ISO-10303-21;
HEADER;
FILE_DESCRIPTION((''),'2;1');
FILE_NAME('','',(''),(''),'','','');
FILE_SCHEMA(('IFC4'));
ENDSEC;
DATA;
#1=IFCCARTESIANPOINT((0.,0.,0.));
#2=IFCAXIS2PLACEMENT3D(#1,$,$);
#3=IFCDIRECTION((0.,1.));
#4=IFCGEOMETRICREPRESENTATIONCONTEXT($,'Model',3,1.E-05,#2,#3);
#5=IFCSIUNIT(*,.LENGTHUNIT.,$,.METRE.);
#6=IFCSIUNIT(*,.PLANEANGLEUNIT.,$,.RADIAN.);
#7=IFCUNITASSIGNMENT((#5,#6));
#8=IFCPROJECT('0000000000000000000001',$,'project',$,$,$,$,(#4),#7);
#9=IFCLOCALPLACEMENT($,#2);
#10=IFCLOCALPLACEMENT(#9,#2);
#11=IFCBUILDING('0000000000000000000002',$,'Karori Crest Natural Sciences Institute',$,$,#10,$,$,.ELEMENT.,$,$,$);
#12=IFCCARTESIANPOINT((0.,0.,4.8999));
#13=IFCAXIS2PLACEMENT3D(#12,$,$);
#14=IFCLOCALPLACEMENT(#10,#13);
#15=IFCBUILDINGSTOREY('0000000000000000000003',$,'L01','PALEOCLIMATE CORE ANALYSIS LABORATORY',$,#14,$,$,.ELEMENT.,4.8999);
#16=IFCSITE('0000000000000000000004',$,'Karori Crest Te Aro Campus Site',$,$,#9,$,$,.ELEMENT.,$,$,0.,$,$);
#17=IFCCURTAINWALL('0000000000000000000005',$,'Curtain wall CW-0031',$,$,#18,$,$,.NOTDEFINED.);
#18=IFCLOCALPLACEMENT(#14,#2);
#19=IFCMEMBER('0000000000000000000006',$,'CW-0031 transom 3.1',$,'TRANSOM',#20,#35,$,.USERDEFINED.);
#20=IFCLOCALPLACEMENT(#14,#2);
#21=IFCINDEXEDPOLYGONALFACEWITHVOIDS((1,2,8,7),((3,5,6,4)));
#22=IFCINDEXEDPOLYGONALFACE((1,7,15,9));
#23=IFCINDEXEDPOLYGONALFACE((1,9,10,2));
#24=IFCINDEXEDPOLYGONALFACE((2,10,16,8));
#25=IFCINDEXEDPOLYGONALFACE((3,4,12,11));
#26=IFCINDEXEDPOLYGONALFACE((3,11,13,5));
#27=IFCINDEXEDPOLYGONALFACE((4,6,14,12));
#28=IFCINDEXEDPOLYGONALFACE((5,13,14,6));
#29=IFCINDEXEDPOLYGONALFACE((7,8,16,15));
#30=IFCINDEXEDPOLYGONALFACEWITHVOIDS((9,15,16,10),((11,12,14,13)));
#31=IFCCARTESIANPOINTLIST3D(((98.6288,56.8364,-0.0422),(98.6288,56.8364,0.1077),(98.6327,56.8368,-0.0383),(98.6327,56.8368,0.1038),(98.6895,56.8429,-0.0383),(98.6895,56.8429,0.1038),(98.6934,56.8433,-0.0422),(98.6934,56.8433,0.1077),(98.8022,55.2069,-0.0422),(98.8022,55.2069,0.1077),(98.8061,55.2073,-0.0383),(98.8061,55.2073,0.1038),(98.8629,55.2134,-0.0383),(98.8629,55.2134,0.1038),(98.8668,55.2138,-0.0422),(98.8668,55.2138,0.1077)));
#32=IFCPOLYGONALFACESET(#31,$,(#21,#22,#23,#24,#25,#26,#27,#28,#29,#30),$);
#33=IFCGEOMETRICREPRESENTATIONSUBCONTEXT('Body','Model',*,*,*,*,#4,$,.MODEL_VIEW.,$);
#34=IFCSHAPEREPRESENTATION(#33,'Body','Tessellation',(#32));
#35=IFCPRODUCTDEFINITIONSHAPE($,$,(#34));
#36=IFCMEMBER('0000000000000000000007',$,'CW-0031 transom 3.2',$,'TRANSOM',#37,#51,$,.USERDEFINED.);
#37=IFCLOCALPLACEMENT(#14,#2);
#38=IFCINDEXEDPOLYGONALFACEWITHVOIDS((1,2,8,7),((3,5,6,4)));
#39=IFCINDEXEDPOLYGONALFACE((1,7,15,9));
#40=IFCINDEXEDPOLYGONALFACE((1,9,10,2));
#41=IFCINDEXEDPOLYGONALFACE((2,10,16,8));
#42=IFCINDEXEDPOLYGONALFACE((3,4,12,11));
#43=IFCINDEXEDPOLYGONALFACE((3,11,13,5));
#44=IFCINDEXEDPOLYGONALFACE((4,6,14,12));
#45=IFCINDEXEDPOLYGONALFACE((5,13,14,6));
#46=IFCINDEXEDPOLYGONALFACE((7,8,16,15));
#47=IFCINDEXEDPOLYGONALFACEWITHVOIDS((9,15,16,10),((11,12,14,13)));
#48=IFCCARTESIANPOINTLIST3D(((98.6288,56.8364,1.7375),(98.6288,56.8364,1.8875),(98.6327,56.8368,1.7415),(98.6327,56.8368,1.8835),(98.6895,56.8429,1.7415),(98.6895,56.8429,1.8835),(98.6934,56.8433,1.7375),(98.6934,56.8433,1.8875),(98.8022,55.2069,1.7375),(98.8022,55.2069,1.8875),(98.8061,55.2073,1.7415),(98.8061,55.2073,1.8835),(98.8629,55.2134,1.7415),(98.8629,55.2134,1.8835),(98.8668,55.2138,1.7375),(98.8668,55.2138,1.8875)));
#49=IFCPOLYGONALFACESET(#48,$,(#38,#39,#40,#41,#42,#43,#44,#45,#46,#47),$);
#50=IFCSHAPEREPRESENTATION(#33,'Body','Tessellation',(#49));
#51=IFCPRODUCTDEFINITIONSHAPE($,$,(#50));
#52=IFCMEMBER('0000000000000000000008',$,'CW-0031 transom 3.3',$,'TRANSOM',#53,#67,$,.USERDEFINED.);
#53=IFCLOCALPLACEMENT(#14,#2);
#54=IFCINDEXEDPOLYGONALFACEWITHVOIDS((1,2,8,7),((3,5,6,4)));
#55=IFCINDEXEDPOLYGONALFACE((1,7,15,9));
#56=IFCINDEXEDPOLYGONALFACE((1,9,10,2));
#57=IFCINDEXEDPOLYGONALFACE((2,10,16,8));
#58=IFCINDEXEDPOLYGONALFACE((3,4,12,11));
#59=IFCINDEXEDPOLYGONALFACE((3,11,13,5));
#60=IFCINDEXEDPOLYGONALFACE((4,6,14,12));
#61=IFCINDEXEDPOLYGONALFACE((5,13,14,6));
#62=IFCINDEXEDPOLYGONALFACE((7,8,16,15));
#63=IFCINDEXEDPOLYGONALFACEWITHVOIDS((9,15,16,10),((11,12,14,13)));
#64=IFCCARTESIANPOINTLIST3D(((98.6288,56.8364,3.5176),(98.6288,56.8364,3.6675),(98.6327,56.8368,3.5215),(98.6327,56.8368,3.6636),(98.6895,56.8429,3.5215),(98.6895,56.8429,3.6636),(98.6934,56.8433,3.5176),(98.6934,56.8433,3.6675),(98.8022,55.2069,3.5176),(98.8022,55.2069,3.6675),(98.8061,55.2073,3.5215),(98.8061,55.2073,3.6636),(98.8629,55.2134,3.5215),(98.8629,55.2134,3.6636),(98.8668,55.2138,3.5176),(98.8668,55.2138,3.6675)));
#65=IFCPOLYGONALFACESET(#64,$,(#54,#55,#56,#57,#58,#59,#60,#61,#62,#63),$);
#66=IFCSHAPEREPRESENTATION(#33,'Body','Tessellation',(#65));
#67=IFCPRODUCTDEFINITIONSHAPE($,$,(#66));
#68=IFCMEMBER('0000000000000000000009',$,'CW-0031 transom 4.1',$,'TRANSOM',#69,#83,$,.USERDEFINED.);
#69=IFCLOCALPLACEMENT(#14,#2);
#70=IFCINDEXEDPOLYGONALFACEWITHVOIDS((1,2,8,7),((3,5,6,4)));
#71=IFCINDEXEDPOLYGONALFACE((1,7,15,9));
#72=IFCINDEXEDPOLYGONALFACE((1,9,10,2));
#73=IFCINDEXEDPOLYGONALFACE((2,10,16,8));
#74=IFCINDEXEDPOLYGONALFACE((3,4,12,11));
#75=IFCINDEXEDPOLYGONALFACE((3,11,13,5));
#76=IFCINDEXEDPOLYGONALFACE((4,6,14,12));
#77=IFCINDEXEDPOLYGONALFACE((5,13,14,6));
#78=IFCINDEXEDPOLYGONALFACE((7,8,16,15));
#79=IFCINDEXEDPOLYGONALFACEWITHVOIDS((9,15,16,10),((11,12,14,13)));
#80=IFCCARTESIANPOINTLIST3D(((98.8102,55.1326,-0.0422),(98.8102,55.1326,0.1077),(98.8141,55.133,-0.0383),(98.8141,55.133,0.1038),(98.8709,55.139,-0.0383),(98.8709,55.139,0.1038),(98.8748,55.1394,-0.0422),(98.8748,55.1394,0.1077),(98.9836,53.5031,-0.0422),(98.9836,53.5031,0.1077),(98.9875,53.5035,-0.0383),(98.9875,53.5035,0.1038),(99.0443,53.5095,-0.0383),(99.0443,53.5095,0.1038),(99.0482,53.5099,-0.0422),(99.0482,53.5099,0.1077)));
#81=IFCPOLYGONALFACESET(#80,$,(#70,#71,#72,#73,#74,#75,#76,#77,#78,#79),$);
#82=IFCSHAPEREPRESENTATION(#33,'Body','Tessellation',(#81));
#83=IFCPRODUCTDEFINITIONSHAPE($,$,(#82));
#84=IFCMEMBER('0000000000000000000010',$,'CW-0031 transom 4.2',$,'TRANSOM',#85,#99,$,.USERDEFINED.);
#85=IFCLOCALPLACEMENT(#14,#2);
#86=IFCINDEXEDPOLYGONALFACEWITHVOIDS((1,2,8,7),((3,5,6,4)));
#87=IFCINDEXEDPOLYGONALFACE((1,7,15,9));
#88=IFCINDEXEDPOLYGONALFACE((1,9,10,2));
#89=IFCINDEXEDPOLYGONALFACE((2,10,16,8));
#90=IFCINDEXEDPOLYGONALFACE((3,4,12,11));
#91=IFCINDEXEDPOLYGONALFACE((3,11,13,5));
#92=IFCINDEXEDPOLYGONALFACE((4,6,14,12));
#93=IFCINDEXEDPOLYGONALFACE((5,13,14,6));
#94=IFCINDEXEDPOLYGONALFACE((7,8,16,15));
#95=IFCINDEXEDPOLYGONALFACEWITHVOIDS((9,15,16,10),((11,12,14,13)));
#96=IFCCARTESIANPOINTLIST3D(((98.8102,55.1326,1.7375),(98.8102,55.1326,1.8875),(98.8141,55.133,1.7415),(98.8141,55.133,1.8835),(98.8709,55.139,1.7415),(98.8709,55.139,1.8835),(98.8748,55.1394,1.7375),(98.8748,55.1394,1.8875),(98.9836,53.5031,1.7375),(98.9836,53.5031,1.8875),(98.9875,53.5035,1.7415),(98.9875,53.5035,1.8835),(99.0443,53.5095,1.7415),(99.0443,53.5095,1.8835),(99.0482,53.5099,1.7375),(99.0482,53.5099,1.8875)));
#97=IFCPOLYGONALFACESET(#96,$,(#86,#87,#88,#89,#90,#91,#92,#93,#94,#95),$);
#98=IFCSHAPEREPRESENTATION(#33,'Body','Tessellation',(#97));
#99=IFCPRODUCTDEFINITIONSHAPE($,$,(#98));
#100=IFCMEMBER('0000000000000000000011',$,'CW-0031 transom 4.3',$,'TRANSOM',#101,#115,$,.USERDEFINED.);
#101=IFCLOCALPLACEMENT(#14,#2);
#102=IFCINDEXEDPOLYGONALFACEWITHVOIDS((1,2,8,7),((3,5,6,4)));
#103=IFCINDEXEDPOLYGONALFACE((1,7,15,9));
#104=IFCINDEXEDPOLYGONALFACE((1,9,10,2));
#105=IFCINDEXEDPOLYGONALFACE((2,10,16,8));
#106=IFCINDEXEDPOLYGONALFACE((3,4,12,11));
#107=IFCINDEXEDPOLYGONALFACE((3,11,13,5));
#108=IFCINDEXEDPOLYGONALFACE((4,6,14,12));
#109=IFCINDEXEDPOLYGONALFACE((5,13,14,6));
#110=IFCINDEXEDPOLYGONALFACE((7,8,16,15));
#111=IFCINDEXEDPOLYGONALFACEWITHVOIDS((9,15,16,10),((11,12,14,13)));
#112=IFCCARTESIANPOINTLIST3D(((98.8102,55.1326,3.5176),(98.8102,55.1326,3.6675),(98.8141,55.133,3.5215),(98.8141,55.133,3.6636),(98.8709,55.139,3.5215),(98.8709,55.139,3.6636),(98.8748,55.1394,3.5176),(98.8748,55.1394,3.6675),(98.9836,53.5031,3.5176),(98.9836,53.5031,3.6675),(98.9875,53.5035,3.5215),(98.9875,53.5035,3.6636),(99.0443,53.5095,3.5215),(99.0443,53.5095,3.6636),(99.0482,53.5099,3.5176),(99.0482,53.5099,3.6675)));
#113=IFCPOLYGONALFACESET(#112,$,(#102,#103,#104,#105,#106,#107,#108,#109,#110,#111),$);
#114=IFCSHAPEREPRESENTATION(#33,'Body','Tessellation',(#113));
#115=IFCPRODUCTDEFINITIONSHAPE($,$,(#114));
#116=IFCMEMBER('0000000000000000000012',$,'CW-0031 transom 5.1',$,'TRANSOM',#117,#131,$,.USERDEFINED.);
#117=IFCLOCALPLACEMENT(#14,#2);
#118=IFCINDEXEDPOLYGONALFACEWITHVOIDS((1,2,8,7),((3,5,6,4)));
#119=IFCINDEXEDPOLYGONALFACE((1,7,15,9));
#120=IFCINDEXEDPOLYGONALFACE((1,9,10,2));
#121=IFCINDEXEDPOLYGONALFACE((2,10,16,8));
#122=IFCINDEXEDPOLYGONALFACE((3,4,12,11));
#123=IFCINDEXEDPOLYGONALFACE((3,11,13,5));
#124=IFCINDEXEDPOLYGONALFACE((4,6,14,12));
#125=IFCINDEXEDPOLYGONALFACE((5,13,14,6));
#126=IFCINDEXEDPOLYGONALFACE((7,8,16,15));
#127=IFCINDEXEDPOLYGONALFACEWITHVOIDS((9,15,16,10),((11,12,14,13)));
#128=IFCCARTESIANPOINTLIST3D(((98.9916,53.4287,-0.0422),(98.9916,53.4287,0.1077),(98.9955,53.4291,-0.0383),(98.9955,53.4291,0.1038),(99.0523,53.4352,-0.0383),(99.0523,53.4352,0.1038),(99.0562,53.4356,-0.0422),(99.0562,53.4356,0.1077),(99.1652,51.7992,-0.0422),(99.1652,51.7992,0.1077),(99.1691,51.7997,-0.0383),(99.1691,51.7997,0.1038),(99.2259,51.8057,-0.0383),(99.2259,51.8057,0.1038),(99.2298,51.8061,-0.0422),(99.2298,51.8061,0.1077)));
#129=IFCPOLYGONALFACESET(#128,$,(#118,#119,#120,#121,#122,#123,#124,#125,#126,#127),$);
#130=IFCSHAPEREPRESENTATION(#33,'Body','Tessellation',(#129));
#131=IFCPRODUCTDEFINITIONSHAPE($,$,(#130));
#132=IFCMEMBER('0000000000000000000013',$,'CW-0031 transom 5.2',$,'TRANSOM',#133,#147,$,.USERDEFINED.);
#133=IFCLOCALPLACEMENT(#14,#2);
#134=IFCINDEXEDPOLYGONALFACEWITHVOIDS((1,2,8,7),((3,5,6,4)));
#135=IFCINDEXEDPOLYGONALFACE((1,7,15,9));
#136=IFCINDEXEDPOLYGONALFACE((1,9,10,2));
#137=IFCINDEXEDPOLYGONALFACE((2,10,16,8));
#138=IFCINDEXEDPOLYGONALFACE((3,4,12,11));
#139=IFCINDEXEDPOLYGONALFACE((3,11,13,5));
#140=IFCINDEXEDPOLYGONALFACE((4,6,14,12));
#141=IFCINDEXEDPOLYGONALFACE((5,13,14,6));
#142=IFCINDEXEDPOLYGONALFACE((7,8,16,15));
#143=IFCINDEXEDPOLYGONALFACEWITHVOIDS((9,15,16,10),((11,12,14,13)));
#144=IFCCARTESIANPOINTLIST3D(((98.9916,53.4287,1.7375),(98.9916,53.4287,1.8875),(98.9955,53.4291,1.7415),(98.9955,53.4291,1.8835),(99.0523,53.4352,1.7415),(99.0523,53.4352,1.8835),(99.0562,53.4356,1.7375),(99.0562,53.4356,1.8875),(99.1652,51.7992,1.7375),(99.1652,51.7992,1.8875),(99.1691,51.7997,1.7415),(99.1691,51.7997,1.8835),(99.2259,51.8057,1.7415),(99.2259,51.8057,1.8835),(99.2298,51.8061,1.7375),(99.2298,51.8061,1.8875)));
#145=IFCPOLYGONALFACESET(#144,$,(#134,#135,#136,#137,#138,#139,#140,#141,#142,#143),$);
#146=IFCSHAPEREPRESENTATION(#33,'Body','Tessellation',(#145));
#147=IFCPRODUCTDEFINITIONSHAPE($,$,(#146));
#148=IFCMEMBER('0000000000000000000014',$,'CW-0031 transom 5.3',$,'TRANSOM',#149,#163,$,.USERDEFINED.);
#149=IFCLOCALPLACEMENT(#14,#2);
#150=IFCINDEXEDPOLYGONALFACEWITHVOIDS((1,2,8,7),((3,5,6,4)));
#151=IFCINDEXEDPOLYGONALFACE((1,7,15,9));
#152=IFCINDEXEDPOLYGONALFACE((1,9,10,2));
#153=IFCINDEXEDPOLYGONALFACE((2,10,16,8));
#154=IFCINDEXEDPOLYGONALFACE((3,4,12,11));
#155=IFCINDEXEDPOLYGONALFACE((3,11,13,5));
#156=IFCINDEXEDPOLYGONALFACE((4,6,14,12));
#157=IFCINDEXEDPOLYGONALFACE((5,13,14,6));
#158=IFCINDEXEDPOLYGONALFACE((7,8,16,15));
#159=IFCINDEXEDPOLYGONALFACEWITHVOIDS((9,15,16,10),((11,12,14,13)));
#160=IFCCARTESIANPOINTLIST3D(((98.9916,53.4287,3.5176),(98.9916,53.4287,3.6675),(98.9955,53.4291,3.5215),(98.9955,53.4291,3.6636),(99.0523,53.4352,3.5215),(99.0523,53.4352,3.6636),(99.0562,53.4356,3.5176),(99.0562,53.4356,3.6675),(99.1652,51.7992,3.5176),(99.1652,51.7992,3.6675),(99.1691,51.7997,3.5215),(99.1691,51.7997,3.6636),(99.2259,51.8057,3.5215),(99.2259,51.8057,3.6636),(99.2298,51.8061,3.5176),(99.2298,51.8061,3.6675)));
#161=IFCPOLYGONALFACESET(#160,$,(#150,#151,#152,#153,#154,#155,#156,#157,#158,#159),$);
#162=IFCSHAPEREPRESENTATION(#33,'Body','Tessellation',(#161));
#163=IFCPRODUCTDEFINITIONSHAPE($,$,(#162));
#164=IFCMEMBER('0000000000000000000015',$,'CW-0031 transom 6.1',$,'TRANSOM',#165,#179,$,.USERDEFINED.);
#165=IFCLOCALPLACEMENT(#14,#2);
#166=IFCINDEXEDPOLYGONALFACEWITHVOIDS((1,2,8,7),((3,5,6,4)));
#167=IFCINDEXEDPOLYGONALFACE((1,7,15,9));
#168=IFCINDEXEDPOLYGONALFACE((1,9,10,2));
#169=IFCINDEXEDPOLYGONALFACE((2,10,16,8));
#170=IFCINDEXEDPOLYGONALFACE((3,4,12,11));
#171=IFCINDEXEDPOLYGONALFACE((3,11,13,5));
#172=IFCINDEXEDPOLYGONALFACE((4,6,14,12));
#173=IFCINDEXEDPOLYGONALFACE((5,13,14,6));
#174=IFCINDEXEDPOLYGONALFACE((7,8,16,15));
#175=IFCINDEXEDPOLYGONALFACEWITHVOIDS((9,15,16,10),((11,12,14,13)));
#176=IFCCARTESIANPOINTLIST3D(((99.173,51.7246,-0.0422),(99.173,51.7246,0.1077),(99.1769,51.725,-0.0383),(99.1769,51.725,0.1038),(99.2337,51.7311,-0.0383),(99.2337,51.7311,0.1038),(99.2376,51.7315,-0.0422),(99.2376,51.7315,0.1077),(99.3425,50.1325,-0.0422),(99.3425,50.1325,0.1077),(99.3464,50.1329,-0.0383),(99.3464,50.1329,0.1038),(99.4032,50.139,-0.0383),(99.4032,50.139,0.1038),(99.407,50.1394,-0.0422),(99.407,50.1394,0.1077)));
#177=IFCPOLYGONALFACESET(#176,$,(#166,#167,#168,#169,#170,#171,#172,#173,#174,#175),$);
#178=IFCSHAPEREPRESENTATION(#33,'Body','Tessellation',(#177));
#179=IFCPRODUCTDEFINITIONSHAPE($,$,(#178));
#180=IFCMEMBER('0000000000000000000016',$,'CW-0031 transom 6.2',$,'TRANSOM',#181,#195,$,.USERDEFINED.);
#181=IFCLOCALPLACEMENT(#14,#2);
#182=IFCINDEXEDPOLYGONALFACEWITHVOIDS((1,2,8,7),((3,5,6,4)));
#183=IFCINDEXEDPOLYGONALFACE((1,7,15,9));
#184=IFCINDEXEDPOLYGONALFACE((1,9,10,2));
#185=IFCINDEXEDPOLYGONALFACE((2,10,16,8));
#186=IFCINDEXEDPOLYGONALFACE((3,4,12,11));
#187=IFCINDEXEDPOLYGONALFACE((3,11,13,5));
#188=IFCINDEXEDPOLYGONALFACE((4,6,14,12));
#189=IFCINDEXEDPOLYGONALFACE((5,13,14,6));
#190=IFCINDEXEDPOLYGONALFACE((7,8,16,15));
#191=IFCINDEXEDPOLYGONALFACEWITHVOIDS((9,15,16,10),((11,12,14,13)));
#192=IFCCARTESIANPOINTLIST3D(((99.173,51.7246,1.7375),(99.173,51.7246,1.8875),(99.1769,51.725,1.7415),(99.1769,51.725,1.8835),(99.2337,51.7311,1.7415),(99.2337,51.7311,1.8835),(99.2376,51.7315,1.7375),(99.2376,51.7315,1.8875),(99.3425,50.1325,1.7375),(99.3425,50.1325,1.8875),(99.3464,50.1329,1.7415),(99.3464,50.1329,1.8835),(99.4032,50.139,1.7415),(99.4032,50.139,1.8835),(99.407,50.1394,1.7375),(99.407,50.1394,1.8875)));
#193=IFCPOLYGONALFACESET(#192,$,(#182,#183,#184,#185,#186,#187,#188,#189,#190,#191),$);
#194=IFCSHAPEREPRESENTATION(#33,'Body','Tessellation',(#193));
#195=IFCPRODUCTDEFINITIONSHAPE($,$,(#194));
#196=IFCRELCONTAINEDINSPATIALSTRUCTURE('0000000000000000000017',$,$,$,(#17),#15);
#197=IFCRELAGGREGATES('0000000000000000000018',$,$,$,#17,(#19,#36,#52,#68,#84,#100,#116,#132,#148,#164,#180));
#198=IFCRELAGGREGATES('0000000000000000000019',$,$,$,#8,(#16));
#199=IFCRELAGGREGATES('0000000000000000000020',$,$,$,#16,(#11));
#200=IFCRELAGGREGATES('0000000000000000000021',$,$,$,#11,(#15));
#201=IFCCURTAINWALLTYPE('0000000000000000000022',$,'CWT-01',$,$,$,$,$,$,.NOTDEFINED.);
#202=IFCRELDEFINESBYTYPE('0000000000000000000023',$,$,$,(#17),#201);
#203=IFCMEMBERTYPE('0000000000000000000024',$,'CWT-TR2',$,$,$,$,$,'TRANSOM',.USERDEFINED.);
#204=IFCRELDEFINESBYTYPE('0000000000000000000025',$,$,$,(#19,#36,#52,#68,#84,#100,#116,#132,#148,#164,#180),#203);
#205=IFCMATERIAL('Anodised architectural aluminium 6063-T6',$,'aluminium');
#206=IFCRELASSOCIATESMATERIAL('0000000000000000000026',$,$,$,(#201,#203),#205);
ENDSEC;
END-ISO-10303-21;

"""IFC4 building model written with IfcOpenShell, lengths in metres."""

from ifc_helpers import new_model, si_unit, direction, frame, origin, origin_2d, place, context, subcontext, project, spatial, hollow_rectangle, extrude, material, material_profile, profile_set, type_object, element, aggregate, save


model = new_model("IFC4")

# Units and contexts
model_context = context("Model", 3, precision=1e-05, world=origin(), true_north=direction((0.0, 1.0)))
body_context = subcontext(model_context, "Body", "Model", "MODEL_VIEW")
ifc_project = project(units=[si_unit("LENGTHUNIT", "METRE"), si_unit("PLANEANGLEUNIT", "RADIAN")], contexts=[model_context])

# Site, building, storey
site_placement = place(None, origin())
site = spatial("IfcSite", under=ifc_project, at=site_placement, Name="Karori Crest Te Aro Campus Site", CompositionType="ELEMENT", RefElevation=0.0)
building_placement = place(site_placement, origin())
building = spatial("IfcBuilding", under=site, at=building_placement, Name="Karori Crest Natural Sciences Institute", CompositionType="ELEMENT")
storey_placement = place(building_placement, frame((0.0, 0.0, 4.8999)))
storey = spatial("IfcBuildingStorey", under=building, at=storey_placement, Name="L01", Description="PALEOCLIMATE CORE ANALYSIS LABORATORY", CompositionType="ELEMENT", Elevation=4.8999)

# Curtain wall
ifc_material_1 = material(Name="Anodised architectural aluminium 6063-T6", Category="aluminium")
curtain_wall_type_1 = type_object("IfcCurtainWallType", Name="CWT-01", PredefinedType="NOTDEFINED", material=ifc_material_1)
curtain_wall_1_placement = place(storey_placement, origin())
curtain_wall_1 = element("IfcCurtainWall", 1, at=curtain_wall_1_placement, inside=storey, type_object=curtain_wall_type_1, Name="Curtain wall CW-0031", PredefinedType="NOTDEFINED")

# Members
ifc_material_profile_1 = material_profile(ifc_material_1, hollow_rectangle(XDim=0.0649, YDim=0.1499, WallThickness=0.0039, at=origin_2d()), Name="CWT150x65x4")
ifc_profile_set_1 = profile_set([ifc_material_profile_1], Name="Anodised architectural aluminium 6063-T6")
member_type_1 = type_object("IfcMemberType", Name="CWT-TR2", ElementType="TRANSOM", PredefinedType="USERDEFINED", material=ifc_profile_set_1)
member_1_placement = place(storey_placement, frame((98.6611, 56.8398, 0.0327), z_axis=(0.105786, -0.994389, 0.0), x_axis=(0.994389, 0.105786, 0.0)))
member_1 = element("IfcMember", 2, at=member_1_placement, type_object=member_type_1, Name="CW-0031 transom 3.1", ObjectType="TRANSOM", PredefinedType="USERDEFINED", context=body_context, shape_type="SweptSolid", body=[
    extrude(hollow_rectangle(XDim=0.0649, YDim=0.1499, WallThickness=0.0039, at=origin_2d()), origin(), (0.0, 0.0, 1.0), 1.6387),
])
member_2_placement = place(storey_placement, frame((98.6611, 56.8398, 1.8125), z_axis=(0.105786, -0.994389, 0.0), x_axis=(0.994389, 0.105786, 0.0)))
member_2 = element("IfcMember", 3, at=member_2_placement, type_object=member_type_1, Name="CW-0031 transom 3.2", ObjectType="TRANSOM", PredefinedType="USERDEFINED", context=body_context, shape_type="SweptSolid", body=[
    extrude(hollow_rectangle(XDim=0.0649, YDim=0.1499, WallThickness=0.0039, at=origin_2d()), origin(), (0.0, 0.0, 1.0), 1.6387),
])
member_3_placement = place(storey_placement, frame((98.6611, 56.8398, 3.5925), z_axis=(0.105786, -0.994389, 0.0), x_axis=(0.994389, 0.105786, 0.0)))
member_3 = element("IfcMember", 4, at=member_3_placement, type_object=member_type_1, Name="CW-0031 transom 3.3", ObjectType="TRANSOM", PredefinedType="USERDEFINED", context=body_context, shape_type="SweptSolid", body=[
    extrude(hollow_rectangle(XDim=0.0649, YDim=0.1499, WallThickness=0.0039, at=origin_2d()), origin(), (0.0, 0.0, 1.0), 1.6387),
])
member_4_placement = place(storey_placement, frame((98.8425, 55.136, 0.0327), z_axis=(0.105786, -0.994389, 0.0), x_axis=(0.994389, 0.105786, 0.0)))
member_4 = element("IfcMember", 5, at=member_4_placement, type_object=member_type_1, Name="CW-0031 transom 4.1", ObjectType="TRANSOM", PredefinedType="USERDEFINED", context=body_context, shape_type="SweptSolid", body=[
    extrude(hollow_rectangle(XDim=0.0649, YDim=0.1499, WallThickness=0.0039, at=origin_2d()), origin(), (0.0, 0.0, 1.0), 1.6387),
])
member_5_placement = place(storey_placement, frame((98.8425, 55.136, 1.8125), z_axis=(0.105786, -0.994389, 0.0), x_axis=(0.994389, 0.105786, 0.0)))
member_5 = element("IfcMember", 6, at=member_5_placement, type_object=member_type_1, Name="CW-0031 transom 4.2", ObjectType="TRANSOM", PredefinedType="USERDEFINED", context=body_context, shape_type="SweptSolid", body=[
    extrude(hollow_rectangle(XDim=0.0649, YDim=0.1499, WallThickness=0.0039, at=origin_2d()), origin(), (0.0, 0.0, 1.0), 1.6387),
])
member_6_placement = place(storey_placement, frame((98.8425, 55.136, 3.5925), z_axis=(0.105786, -0.994389, 0.0), x_axis=(0.994389, 0.105786, 0.0)))
member_6 = element("IfcMember", 7, at=member_6_placement, type_object=member_type_1, Name="CW-0031 transom 4.3", ObjectType="TRANSOM", PredefinedType="USERDEFINED", context=body_context, shape_type="SweptSolid", body=[
    extrude(hollow_rectangle(XDim=0.0649, YDim=0.1499, WallThickness=0.0039, at=origin_2d()), origin(), (0.0, 0.0, 1.0), 1.6387),
])
member_7_placement = place(storey_placement, frame((99.0239, 53.4321, 0.0327), z_axis=(0.105933, -0.994373, 0.0), x_axis=(0.994373, 0.105933, 0.0)))
member_7 = element("IfcMember", 8, at=member_7_placement, type_object=member_type_1, Name="CW-0031 transom 5.1", ObjectType="TRANSOM", PredefinedType="USERDEFINED", context=body_context, shape_type="SweptSolid", body=[
    extrude(hollow_rectangle(XDim=0.0649, YDim=0.1499, WallThickness=0.0039, at=origin_2d()), origin(), (0.0, 0.0, 1.0), 1.6387),
])
member_8_placement = place(storey_placement, frame((99.0239, 53.4321, 1.8125), z_axis=(0.105933, -0.994373, 0.0), x_axis=(0.994373, 0.105933, 0.0)))
member_8 = element("IfcMember", 9, at=member_8_placement, type_object=member_type_1, Name="CW-0031 transom 5.2", ObjectType="TRANSOM", PredefinedType="USERDEFINED", context=body_context, shape_type="SweptSolid", body=[
    extrude(hollow_rectangle(XDim=0.0649, YDim=0.1499, WallThickness=0.0039, at=origin_2d()), origin(), (0.0, 0.0, 1.0), 1.6387),
])
member_9_placement = place(storey_placement, frame((99.0239, 53.4321, 3.5925), z_axis=(0.105933, -0.994373, 0.0), x_axis=(0.994373, 0.105933, 0.0)))
member_9 = element("IfcMember", 10, at=member_9_placement, type_object=member_type_1, Name="CW-0031 transom 5.3", ObjectType="TRANSOM", PredefinedType="USERDEFINED", context=body_context, shape_type="SweptSolid", body=[
    extrude(hollow_rectangle(XDim=0.0649, YDim=0.1499, WallThickness=0.0039, at=origin_2d()), origin(), (0.0, 0.0, 1.0), 1.6387),
])
member_10_placement = place(storey_placement, frame((99.2053, 51.728, 0.0327), z_axis=(0.105828, -0.994384, 0.0), x_axis=(0.994384, 0.105828, 0.0)))
member_10 = element("IfcMember", 11, at=member_10_placement, type_object=member_type_1, Name="CW-0031 transom 6.1", ObjectType="TRANSOM", PredefinedType="USERDEFINED", context=body_context, shape_type="SweptSolid", body=[
    extrude(hollow_rectangle(XDim=0.0649, YDim=0.1499, WallThickness=0.0039, at=origin_2d()), origin(), (0.0, 0.0, 1.0), 1.6011),
])
member_11_placement = place(storey_placement, frame((99.2053, 51.728, 1.8125), z_axis=(0.105828, -0.994384, 0.0), x_axis=(0.994384, 0.105828, 0.0)))
member_11 = element("IfcMember", 12, at=member_11_placement, type_object=member_type_1, Name="CW-0031 transom 6.2", ObjectType="TRANSOM", PredefinedType="USERDEFINED", context=body_context, shape_type="SweptSolid", body=[
    extrude(hollow_rectangle(XDim=0.0649, YDim=0.1499, WallThickness=0.0039, at=origin_2d()), origin(), (0.0, 0.0, 1.0), 1.6011),
])

aggregate(curtain_wall_1, [member_1, member_2, member_3, member_4, member_5, member_6, member_7, member_8, member_9, member_10, member_11])

save(model, "model.ifc")
